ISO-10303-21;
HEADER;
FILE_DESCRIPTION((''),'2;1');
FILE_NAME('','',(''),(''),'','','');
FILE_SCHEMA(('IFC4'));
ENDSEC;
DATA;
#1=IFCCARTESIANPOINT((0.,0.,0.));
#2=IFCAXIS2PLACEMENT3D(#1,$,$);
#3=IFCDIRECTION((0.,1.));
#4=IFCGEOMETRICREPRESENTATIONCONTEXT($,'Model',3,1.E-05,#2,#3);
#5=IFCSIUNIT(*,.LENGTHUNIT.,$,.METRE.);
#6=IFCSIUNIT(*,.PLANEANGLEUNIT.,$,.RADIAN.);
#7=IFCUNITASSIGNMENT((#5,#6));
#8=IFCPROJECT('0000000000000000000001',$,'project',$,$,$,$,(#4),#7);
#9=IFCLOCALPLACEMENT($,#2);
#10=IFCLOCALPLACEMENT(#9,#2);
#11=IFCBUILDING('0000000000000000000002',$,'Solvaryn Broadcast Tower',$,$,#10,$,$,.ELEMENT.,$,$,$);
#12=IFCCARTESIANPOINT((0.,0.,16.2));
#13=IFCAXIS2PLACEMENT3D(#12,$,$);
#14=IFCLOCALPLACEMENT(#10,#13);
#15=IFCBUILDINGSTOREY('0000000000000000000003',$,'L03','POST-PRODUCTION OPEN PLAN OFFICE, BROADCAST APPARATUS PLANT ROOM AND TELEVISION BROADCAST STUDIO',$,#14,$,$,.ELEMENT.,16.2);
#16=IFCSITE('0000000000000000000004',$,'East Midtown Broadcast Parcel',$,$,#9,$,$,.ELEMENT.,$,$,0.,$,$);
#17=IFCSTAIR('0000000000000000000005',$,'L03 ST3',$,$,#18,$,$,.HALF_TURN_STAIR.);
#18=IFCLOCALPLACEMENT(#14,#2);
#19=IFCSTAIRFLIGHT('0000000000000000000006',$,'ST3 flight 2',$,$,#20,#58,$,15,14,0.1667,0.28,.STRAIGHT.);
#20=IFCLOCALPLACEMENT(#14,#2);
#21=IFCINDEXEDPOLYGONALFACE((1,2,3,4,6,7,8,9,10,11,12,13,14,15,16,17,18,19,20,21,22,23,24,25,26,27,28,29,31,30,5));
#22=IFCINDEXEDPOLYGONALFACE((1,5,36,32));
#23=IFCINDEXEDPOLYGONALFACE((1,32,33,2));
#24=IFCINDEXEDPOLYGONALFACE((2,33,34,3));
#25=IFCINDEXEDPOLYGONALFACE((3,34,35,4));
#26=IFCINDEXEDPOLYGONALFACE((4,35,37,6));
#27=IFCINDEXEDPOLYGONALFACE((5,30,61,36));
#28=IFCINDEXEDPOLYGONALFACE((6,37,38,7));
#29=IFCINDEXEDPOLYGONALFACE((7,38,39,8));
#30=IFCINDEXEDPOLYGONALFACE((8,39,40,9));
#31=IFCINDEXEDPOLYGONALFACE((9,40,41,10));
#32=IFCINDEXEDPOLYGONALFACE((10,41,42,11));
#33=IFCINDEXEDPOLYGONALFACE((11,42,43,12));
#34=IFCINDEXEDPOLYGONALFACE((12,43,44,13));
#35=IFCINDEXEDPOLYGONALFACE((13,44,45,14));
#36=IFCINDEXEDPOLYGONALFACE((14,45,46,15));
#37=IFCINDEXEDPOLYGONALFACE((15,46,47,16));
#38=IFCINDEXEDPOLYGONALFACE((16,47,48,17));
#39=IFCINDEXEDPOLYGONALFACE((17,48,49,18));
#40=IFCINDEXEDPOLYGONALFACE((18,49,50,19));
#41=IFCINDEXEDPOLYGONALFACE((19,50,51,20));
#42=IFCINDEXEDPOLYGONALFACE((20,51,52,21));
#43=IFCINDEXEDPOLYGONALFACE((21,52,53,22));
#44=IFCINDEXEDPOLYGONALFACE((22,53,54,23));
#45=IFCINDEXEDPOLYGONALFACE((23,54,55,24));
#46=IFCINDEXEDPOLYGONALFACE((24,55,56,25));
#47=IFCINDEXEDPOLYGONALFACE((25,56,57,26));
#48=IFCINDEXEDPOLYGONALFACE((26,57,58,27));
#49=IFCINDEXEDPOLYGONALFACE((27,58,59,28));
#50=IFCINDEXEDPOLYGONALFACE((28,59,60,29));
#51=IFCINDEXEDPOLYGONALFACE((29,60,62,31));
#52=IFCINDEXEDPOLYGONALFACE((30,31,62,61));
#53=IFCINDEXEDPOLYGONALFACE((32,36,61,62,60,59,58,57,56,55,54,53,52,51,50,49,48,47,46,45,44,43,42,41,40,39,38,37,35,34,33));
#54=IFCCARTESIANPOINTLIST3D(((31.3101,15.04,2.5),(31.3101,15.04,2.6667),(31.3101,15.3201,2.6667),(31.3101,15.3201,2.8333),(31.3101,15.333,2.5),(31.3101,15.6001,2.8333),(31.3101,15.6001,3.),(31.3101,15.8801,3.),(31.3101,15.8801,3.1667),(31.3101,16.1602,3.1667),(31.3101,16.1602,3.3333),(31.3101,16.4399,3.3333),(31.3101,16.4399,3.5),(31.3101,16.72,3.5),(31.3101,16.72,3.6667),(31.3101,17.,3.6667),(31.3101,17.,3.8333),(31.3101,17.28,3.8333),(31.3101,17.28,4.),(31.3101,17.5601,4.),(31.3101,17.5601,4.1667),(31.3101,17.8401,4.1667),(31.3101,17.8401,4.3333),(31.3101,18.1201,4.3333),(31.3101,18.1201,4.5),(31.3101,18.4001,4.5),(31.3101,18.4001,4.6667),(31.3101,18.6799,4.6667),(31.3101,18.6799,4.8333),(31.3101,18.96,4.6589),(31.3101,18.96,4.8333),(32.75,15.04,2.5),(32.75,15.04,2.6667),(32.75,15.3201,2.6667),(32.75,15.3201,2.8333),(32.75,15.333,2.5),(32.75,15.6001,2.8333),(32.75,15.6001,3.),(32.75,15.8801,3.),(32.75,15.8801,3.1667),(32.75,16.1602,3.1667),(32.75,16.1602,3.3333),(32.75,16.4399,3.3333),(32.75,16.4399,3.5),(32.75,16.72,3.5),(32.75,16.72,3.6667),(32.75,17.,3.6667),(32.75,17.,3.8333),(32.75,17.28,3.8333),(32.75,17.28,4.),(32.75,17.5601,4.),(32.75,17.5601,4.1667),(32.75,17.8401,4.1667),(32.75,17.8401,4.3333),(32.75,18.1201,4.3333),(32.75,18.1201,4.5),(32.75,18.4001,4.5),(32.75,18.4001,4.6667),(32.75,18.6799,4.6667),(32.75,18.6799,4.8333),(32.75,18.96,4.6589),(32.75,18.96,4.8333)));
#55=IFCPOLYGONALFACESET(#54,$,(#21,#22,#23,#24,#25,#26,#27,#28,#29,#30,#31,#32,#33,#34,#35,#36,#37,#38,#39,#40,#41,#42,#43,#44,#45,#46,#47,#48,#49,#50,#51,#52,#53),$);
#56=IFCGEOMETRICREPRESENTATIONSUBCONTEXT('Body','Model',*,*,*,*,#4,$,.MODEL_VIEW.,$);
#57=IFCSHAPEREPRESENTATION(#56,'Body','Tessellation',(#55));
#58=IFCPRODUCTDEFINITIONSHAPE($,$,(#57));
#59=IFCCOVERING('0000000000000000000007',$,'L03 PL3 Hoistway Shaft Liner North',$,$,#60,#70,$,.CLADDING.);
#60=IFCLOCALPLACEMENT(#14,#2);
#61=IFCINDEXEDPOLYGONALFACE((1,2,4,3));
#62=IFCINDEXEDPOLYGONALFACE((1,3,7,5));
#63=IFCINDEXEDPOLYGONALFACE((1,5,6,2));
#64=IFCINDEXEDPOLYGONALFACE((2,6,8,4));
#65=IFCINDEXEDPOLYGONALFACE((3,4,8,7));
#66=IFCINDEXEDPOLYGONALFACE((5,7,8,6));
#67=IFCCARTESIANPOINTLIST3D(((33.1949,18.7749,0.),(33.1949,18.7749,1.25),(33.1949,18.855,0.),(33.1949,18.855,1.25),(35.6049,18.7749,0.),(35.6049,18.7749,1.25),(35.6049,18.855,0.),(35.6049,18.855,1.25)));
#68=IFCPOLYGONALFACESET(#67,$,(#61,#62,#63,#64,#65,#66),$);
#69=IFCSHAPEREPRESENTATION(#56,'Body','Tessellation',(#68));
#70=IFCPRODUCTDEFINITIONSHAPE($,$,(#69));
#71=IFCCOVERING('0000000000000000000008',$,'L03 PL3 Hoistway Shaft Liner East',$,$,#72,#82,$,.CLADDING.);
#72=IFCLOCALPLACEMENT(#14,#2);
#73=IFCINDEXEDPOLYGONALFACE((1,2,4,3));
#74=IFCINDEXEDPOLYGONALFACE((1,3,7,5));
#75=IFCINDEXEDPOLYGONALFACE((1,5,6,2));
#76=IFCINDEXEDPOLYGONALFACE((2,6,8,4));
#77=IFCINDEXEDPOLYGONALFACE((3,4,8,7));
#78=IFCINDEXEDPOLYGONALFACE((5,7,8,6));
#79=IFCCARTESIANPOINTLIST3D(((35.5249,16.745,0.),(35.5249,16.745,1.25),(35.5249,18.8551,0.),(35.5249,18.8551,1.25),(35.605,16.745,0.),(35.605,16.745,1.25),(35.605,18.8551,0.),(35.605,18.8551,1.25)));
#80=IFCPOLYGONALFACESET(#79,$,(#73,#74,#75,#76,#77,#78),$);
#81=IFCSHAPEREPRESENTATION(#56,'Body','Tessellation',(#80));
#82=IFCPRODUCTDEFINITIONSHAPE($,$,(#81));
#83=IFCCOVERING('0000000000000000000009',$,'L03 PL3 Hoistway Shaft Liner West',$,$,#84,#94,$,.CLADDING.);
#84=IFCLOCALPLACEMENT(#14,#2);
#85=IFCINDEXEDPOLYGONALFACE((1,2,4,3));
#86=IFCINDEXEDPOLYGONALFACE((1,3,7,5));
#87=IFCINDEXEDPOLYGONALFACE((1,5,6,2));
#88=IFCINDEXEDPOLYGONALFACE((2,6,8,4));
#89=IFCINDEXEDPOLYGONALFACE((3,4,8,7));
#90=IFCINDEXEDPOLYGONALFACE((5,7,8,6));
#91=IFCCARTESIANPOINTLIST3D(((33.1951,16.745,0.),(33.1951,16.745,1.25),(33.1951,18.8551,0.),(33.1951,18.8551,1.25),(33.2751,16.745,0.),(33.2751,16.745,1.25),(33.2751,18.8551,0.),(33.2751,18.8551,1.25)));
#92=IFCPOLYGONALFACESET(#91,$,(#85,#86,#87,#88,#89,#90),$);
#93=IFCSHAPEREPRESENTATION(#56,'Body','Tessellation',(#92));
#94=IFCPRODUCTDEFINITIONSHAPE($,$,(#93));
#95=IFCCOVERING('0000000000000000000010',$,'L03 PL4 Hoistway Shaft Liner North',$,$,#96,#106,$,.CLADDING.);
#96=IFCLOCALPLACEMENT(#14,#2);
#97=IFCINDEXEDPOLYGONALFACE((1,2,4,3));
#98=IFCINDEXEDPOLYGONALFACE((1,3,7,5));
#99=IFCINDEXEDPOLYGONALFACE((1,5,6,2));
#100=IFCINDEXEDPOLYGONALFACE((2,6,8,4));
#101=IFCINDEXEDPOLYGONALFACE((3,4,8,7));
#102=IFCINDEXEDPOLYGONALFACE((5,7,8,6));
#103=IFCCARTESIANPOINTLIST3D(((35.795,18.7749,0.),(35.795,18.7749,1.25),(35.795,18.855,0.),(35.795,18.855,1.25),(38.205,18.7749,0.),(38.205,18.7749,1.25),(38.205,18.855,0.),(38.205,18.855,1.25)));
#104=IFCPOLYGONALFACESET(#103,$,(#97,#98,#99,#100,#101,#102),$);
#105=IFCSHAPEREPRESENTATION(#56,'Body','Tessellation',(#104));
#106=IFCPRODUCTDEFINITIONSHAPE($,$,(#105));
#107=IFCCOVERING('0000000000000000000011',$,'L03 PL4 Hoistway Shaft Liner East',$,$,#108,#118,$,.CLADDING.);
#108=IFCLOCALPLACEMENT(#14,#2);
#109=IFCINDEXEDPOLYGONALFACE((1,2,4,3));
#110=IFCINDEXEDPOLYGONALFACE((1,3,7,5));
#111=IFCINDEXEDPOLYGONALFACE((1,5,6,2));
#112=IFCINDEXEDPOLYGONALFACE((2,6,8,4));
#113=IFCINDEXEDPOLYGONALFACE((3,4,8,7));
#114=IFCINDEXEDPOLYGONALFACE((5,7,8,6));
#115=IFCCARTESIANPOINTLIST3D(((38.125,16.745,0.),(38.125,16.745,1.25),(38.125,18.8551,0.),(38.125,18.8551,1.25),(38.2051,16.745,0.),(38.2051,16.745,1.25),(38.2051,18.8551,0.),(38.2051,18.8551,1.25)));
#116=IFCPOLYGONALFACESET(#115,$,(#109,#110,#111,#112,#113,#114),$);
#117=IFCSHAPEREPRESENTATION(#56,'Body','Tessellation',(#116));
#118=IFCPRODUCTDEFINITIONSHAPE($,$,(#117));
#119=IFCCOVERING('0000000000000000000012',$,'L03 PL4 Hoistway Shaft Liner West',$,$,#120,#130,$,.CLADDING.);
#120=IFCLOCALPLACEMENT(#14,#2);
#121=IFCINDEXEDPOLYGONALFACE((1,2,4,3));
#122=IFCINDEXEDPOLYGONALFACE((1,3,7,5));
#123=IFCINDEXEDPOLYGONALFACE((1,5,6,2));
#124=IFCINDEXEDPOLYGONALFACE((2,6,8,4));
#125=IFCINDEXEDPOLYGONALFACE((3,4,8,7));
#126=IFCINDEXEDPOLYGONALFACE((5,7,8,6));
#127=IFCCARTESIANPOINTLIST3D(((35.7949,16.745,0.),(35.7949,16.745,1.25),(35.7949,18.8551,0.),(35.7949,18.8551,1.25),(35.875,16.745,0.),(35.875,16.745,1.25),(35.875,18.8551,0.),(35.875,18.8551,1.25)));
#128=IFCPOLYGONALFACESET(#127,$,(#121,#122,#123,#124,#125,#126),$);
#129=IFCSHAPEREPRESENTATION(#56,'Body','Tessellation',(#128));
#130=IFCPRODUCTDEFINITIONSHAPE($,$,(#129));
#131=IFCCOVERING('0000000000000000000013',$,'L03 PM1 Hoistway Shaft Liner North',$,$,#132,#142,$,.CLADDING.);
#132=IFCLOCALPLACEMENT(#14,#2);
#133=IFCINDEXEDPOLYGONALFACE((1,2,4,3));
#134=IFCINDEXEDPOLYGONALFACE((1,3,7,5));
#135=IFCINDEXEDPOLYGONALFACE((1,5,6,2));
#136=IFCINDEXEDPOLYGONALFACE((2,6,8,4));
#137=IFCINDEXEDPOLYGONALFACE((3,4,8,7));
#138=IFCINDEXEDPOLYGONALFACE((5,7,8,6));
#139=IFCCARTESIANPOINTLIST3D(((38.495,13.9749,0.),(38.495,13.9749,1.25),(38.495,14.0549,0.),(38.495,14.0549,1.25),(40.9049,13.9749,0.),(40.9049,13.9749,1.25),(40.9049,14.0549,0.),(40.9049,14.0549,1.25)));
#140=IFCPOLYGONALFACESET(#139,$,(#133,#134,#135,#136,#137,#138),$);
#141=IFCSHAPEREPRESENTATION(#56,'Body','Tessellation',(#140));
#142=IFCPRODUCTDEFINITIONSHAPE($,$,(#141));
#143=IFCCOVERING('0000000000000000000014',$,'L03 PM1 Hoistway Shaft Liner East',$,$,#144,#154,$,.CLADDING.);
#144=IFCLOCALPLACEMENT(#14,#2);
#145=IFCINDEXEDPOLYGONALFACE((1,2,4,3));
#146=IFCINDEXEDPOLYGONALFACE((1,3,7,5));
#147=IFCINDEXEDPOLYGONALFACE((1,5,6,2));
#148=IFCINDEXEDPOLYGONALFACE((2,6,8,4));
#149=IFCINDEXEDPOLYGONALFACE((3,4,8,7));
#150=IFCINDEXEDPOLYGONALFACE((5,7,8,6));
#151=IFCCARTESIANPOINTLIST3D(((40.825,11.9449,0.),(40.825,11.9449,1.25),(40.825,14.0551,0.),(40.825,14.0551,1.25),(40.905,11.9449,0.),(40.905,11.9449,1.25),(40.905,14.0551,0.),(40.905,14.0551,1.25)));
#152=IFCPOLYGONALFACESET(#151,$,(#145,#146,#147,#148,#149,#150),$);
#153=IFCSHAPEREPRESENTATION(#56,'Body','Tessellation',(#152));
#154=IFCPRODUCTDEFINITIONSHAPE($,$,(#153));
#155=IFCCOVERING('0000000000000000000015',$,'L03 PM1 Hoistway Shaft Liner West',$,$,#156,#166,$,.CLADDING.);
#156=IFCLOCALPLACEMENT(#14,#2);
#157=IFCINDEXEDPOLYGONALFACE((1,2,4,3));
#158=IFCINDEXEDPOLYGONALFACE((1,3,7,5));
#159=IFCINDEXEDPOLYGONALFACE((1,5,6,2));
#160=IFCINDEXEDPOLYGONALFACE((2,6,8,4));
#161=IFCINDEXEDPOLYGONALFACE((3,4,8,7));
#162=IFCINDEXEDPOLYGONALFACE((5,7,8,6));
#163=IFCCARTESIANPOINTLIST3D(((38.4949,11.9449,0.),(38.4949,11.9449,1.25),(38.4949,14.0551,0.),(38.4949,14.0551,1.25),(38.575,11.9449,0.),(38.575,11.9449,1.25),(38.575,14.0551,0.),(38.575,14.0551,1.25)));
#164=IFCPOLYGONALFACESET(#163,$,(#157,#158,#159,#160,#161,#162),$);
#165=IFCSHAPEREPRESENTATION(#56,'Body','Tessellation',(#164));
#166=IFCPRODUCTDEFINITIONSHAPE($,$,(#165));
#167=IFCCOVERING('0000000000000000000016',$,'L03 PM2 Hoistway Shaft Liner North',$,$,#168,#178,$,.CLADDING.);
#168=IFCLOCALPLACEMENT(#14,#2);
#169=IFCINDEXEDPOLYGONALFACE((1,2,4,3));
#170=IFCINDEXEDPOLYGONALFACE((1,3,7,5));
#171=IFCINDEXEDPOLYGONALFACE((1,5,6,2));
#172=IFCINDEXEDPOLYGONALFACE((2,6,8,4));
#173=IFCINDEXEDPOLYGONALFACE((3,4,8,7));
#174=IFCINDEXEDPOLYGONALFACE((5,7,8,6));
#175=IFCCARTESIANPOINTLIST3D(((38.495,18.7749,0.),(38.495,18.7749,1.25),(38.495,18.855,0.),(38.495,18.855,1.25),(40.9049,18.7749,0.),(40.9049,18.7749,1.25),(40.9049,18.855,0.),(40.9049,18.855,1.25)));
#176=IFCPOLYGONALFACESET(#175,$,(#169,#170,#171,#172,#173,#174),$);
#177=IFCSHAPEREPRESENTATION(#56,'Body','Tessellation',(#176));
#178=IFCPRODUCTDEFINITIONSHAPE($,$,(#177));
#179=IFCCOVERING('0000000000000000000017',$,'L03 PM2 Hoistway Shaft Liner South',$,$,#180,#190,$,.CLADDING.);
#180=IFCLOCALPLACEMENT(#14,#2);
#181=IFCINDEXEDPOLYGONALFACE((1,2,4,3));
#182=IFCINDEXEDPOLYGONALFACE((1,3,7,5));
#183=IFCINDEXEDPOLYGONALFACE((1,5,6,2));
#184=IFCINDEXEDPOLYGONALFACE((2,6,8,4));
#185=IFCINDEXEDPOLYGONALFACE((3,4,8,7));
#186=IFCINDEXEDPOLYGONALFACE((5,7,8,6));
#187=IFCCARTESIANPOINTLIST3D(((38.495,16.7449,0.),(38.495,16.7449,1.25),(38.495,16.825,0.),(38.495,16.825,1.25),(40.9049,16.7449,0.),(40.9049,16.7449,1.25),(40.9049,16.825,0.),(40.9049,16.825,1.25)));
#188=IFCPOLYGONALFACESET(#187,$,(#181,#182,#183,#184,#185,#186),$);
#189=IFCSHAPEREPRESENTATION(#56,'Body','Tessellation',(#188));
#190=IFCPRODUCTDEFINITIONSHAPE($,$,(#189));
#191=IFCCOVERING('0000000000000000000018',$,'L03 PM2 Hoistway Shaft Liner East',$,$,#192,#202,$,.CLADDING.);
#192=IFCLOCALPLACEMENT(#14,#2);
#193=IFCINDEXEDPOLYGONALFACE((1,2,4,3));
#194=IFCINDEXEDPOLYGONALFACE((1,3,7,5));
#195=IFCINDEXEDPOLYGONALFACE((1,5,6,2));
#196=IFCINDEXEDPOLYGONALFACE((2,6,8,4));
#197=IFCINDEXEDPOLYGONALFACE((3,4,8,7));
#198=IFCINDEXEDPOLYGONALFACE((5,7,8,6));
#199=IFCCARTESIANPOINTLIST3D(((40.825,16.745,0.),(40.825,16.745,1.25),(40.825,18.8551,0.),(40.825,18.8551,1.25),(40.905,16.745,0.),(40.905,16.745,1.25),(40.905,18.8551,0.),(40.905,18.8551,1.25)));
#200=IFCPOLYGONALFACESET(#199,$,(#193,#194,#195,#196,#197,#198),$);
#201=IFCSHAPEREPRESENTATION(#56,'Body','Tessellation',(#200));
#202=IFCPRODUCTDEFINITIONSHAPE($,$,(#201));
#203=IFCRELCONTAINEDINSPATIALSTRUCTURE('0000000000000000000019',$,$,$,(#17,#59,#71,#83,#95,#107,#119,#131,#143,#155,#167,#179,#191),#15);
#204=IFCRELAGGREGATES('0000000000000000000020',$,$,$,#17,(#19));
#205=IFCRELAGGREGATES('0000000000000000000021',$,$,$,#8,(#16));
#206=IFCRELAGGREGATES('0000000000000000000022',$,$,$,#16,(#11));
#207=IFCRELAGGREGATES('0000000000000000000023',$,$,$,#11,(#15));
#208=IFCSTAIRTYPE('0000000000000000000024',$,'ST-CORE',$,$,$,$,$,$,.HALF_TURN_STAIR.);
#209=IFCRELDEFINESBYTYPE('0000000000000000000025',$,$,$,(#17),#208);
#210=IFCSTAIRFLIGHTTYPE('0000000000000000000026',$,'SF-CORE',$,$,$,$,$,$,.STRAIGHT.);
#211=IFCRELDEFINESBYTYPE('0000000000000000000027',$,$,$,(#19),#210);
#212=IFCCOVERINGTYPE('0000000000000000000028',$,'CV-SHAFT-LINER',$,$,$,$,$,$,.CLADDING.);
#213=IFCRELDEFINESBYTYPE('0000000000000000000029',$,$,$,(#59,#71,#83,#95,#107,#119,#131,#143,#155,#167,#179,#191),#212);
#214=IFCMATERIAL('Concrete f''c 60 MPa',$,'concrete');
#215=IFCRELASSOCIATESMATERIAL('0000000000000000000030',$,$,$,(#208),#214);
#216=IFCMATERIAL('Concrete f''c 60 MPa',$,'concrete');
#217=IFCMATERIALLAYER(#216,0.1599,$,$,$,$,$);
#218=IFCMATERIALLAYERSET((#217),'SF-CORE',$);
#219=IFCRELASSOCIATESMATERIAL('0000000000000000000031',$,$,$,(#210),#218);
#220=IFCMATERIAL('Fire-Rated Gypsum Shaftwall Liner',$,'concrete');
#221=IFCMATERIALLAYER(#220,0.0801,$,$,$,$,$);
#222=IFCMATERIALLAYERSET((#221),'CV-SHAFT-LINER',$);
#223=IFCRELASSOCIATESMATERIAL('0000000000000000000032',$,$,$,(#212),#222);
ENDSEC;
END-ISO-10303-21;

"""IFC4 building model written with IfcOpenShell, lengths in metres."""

from ifc_helpers import new_model, si_unit, direction, frame, origin, origin_2d, place, context, subcontext, project, spatial, polyline, rectangle, outline, extrude, material, layer, layer_set, type_object, element, aggregate, save


model = new_model("IFC4")

# Units and contexts
model_context = context("Model", 3, precision=1e-05, world=origin(), true_north=direction((0.0, 1.0)))
body_context = subcontext(model_context, "Body", "Model", "MODEL_VIEW")
ifc_project = project(units=[si_unit("LENGTHUNIT", "METRE"), si_unit("PLANEANGLEUNIT", "RADIAN")], contexts=[model_context])

# Site, building, storey
site_placement = place(None, origin())
site = spatial("IfcSite", under=ifc_project, at=site_placement, Name="East Midtown Broadcast Parcel", CompositionType="ELEMENT", RefElevation=0.0)
building_placement = place(site_placement, origin())
building = spatial("IfcBuilding", under=site, at=building_placement, Name="Solvaryn Broadcast Tower", CompositionType="ELEMENT")
storey_placement = place(building_placement, frame((0.0, 0.0, 16.2)))
storey = spatial("IfcBuildingStorey", under=building, at=storey_placement, Name="L03", Description="POST-PRODUCTION OPEN PLAN OFFICE, BROADCAST APPARATUS PLANT ROOM AND TELEVISION BROADCAST STUDIO", CompositionType="ELEMENT", Elevation=16.2)

# Stair, stair flight
ifc_material_1 = material(Name="Concrete f'c 60 MPa", Category="concrete")
stair_type = type_object("IfcStairType", Name="ST-CORE", PredefinedType="HALF_TURN_STAIR", material=ifc_material_1)
stair_placement = place(storey_placement, origin())
stair = element("IfcStair", 1, at=stair_placement, inside=storey, type_object=stair_type, Name="L03 ST3", PredefinedType="HALF_TURN_STAIR")
ifc_material_2 = material(Name="Concrete f'c 60 MPa", Category="concrete")
ifc_layer_1 = layer(ifc_material_2, 0.1599)
ifc_layer_set_1 = layer_set([ifc_layer_1], Name="SF-CORE")
stair_flight_type = type_object("IfcStairFlightType", Name="SF-CORE", PredefinedType="STRAIGHT", material=ifc_layer_set_1)
stair_flight_1_placement = place(storey_placement, frame((32.03, 15.04, 2.5), z_axis=(0.0, 0.0, 1.0), x_axis=(0.0, 1.0, 0.0)))
stair_flight_1 = element("IfcStairFlight", 2, at=stair_flight_1_placement, type_object=stair_flight_type, Name="ST3 flight 2", NumberOfRisers=15, NumberOfTreads=14, PredefinedType="STRAIGHT", RiserHeight=0.1667, TreadLength=0.28, context=body_context, shape_type="SweptSolid", body=[
    extrude(outline(polyline([(0.0, 0.0), (0.0, 0.1667), (0.28, 0.1667), (0.28, 0.3333), (0.5601, 0.3333), (0.5601, 0.5), (0.8401, 0.5), (0.8401, 0.6667), (1.1201, 0.6667), (1.1201, 0.8333), (1.3999, 0.8333), (1.3999, 1.0), (1.6799, 1.0), (1.6799, 1.1667), (1.96, 1.1667), (1.96, 1.3333), (2.24, 1.3333), (2.24, 1.5), (2.52, 1.5), (2.52, 1.6667), (2.8, 1.6667), (2.8, 1.8333), (3.0801, 1.8333), (3.0801, 2.0), (3.3601, 2.0), (3.3601, 2.1667), (3.6399, 2.1667), (3.6399, 2.3333), (3.9199, 2.3333), (3.9199, 2.5), (3.9199, 2.1589), (0.293, 0.0), (0.0, 0.0)])), frame((0.0, 0.72, 0.0), z_axis=(0.0, -1.0, 0.0), x_axis=(1.0, 0.0, 0.0)), (0.0, 0.0, 1.0), 1.4399),
])
aggregate(stair, [stair_flight_1])

# Coverings
ifc_material_3 = material(Name="Fire-Rated Gypsum Shaftwall Liner", Category="concrete")
ifc_layer_2 = layer(ifc_material_3, 0.0801)
ifc_layer_set_2 = layer_set([ifc_layer_2], Name="CV-SHAFT-LINER")
covering_type = type_object("IfcCoveringType", Name="CV-SHAFT-LINER", PredefinedType="CLADDING", material=ifc_layer_set_2)
covering_1_placement = place(storey_placement, frame((34.3999, 18.8149, 0.0), z_axis=(0.0, 0.0, 1.0), x_axis=(1.0, 0.0, 0.0)))
element("IfcCovering", 3, at=covering_1_placement, inside=storey, type_object=covering_type, Name="L03 PL3 Hoistway Shaft Liner North", PredefinedType="CLADDING", context=body_context, shape_type="SweptSolid", body=[
    extrude(rectangle(XDim=2.4099, YDim=0.0801, at=origin_2d()), origin(), (0.0, 0.0, 1.0), 1.25),
])
for number, where, z_axis, x_axis, name in (
    (4, (35.5649, 17.8, 0.0), (0.0, 0.0, 1.0), (1.0, 0.0, 0.0), "L03 PL3 Hoistway Shaft Liner East"),
    (5, (33.2351, 17.8, 0.0), (0.0, 0.0, 1.0), (1.0, 0.0, 0.0), "L03 PL3 Hoistway Shaft Liner West"),
):
    element("IfcCovering", number, at=place(storey_placement, frame(where, z_axis=z_axis, x_axis=x_axis)), inside=storey, type_object=covering_type, Name=name, PredefinedType="CLADDING", context=body_context, shape_type="SweptSolid", body=[
        extrude(rectangle(XDim=0.0801, YDim=2.1101, at=origin_2d()), origin(), (0.0, 0.0, 1.0), 1.25),
    ])
covering_2_placement = place(storey_placement, frame((37.0, 18.8149, 0.0), z_axis=(0.0, 0.0, 1.0), x_axis=(1.0, 0.0, 0.0)))
element("IfcCovering", 6, at=covering_2_placement, inside=storey, type_object=covering_type, Name="L03 PL4 Hoistway Shaft Liner North", PredefinedType="CLADDING", context=body_context, shape_type="SweptSolid", body=[
    extrude(rectangle(XDim=2.4099, YDim=0.0801, at=origin_2d()), origin(), (0.0, 0.0, 1.0), 1.25),
])
for number, where, z_axis, x_axis, name in (
    (7, (38.165, 17.8, 0.0), (0.0, 0.0, 1.0), (1.0, 0.0, 0.0), "L03 PL4 Hoistway Shaft Liner East"),
    (8, (35.835, 17.8, 0.0), (0.0, 0.0, 1.0), (1.0, 0.0, 0.0), "L03 PL4 Hoistway Shaft Liner West"),
):
    element("IfcCovering", number, at=place(storey_placement, frame(where, z_axis=z_axis, x_axis=x_axis)), inside=storey, type_object=covering_type, Name=name, PredefinedType="CLADDING", context=body_context, shape_type="SweptSolid", body=[
        extrude(rectangle(XDim=0.0801, YDim=2.1101, at=origin_2d()), origin(), (0.0, 0.0, 1.0), 1.25),
    ])
covering_3_placement = place(storey_placement, frame((39.7, 14.0149, 0.0), z_axis=(0.0, 0.0, 1.0), x_axis=(1.0, 0.0, 0.0)))
element("IfcCovering", 9, at=covering_3_placement, inside=storey, type_object=covering_type, Name="L03 PM1 Hoistway Shaft Liner North", PredefinedType="CLADDING", context=body_context, shape_type="SweptSolid", body=[
    extrude(rectangle(XDim=2.4099, YDim=0.0801, at=origin_2d()), origin(), (0.0, 0.0, 1.0), 1.25),
])
for number, where, z_axis, x_axis, name in (
    (10, (40.865, 13.0, 0.0), (0.0, 0.0, 1.0), (1.0, 0.0, 0.0), "L03 PM1 Hoistway Shaft Liner East"),
    (11, (38.5349, 13.0, 0.0), (0.0, 0.0, 1.0), (1.0, 0.0, 0.0), "L03 PM1 Hoistway Shaft Liner West"),
):
    element("IfcCovering", number, at=place(storey_placement, frame(where, z_axis=z_axis, x_axis=x_axis)), inside=storey, type_object=covering_type, Name=name, PredefinedType="CLADDING", context=body_context, shape_type="SweptSolid", body=[
        extrude(rectangle(XDim=0.0801, YDim=2.1101, at=origin_2d()), origin(), (0.0, 0.0, 1.0), 1.25),
    ])
for number, where, z_axis, x_axis, name in (
    (12, (39.7, 18.8149, 0.0), (0.0, 0.0, 1.0), (1.0, 0.0, 0.0), "L03 PM2 Hoistway Shaft Liner North"),
    (13, (39.7, 16.7849, 0.0), (0.0, 0.0, 1.0), (1.0, 0.0, 0.0), "L03 PM2 Hoistway Shaft Liner South"),
):
    element("IfcCovering", number, at=place(storey_placement, frame(where, z_axis=z_axis, x_axis=x_axis)), inside=storey, type_object=covering_type, Name=name, PredefinedType="CLADDING", context=body_context, shape_type="SweptSolid", body=[
        extrude(rectangle(XDim=2.4099, YDim=0.0801, at=origin_2d()), origin(), (0.0, 0.0, 1.0), 1.25),
    ])
for number, where, z_axis, x_axis, name in (
    (14, (40.865, 17.8, 0.0), (0.0, 0.0, 1.0), (1.0, 0.0, 0.0), "L03 PM2 Hoistway Shaft Liner East"),
):
    element("IfcCovering", number, at=place(storey_placement, frame(where, z_axis=z_axis, x_axis=x_axis)), inside=storey, type_object=covering_type, Name=name, PredefinedType="CLADDING", context=body_context, shape_type="SweptSolid", body=[
        extrude(rectangle(XDim=0.0801, YDim=2.1101, at=origin_2d()), origin(), (0.0, 0.0, 1.0), 1.25),
    ])

save(model, "model.ifc")
